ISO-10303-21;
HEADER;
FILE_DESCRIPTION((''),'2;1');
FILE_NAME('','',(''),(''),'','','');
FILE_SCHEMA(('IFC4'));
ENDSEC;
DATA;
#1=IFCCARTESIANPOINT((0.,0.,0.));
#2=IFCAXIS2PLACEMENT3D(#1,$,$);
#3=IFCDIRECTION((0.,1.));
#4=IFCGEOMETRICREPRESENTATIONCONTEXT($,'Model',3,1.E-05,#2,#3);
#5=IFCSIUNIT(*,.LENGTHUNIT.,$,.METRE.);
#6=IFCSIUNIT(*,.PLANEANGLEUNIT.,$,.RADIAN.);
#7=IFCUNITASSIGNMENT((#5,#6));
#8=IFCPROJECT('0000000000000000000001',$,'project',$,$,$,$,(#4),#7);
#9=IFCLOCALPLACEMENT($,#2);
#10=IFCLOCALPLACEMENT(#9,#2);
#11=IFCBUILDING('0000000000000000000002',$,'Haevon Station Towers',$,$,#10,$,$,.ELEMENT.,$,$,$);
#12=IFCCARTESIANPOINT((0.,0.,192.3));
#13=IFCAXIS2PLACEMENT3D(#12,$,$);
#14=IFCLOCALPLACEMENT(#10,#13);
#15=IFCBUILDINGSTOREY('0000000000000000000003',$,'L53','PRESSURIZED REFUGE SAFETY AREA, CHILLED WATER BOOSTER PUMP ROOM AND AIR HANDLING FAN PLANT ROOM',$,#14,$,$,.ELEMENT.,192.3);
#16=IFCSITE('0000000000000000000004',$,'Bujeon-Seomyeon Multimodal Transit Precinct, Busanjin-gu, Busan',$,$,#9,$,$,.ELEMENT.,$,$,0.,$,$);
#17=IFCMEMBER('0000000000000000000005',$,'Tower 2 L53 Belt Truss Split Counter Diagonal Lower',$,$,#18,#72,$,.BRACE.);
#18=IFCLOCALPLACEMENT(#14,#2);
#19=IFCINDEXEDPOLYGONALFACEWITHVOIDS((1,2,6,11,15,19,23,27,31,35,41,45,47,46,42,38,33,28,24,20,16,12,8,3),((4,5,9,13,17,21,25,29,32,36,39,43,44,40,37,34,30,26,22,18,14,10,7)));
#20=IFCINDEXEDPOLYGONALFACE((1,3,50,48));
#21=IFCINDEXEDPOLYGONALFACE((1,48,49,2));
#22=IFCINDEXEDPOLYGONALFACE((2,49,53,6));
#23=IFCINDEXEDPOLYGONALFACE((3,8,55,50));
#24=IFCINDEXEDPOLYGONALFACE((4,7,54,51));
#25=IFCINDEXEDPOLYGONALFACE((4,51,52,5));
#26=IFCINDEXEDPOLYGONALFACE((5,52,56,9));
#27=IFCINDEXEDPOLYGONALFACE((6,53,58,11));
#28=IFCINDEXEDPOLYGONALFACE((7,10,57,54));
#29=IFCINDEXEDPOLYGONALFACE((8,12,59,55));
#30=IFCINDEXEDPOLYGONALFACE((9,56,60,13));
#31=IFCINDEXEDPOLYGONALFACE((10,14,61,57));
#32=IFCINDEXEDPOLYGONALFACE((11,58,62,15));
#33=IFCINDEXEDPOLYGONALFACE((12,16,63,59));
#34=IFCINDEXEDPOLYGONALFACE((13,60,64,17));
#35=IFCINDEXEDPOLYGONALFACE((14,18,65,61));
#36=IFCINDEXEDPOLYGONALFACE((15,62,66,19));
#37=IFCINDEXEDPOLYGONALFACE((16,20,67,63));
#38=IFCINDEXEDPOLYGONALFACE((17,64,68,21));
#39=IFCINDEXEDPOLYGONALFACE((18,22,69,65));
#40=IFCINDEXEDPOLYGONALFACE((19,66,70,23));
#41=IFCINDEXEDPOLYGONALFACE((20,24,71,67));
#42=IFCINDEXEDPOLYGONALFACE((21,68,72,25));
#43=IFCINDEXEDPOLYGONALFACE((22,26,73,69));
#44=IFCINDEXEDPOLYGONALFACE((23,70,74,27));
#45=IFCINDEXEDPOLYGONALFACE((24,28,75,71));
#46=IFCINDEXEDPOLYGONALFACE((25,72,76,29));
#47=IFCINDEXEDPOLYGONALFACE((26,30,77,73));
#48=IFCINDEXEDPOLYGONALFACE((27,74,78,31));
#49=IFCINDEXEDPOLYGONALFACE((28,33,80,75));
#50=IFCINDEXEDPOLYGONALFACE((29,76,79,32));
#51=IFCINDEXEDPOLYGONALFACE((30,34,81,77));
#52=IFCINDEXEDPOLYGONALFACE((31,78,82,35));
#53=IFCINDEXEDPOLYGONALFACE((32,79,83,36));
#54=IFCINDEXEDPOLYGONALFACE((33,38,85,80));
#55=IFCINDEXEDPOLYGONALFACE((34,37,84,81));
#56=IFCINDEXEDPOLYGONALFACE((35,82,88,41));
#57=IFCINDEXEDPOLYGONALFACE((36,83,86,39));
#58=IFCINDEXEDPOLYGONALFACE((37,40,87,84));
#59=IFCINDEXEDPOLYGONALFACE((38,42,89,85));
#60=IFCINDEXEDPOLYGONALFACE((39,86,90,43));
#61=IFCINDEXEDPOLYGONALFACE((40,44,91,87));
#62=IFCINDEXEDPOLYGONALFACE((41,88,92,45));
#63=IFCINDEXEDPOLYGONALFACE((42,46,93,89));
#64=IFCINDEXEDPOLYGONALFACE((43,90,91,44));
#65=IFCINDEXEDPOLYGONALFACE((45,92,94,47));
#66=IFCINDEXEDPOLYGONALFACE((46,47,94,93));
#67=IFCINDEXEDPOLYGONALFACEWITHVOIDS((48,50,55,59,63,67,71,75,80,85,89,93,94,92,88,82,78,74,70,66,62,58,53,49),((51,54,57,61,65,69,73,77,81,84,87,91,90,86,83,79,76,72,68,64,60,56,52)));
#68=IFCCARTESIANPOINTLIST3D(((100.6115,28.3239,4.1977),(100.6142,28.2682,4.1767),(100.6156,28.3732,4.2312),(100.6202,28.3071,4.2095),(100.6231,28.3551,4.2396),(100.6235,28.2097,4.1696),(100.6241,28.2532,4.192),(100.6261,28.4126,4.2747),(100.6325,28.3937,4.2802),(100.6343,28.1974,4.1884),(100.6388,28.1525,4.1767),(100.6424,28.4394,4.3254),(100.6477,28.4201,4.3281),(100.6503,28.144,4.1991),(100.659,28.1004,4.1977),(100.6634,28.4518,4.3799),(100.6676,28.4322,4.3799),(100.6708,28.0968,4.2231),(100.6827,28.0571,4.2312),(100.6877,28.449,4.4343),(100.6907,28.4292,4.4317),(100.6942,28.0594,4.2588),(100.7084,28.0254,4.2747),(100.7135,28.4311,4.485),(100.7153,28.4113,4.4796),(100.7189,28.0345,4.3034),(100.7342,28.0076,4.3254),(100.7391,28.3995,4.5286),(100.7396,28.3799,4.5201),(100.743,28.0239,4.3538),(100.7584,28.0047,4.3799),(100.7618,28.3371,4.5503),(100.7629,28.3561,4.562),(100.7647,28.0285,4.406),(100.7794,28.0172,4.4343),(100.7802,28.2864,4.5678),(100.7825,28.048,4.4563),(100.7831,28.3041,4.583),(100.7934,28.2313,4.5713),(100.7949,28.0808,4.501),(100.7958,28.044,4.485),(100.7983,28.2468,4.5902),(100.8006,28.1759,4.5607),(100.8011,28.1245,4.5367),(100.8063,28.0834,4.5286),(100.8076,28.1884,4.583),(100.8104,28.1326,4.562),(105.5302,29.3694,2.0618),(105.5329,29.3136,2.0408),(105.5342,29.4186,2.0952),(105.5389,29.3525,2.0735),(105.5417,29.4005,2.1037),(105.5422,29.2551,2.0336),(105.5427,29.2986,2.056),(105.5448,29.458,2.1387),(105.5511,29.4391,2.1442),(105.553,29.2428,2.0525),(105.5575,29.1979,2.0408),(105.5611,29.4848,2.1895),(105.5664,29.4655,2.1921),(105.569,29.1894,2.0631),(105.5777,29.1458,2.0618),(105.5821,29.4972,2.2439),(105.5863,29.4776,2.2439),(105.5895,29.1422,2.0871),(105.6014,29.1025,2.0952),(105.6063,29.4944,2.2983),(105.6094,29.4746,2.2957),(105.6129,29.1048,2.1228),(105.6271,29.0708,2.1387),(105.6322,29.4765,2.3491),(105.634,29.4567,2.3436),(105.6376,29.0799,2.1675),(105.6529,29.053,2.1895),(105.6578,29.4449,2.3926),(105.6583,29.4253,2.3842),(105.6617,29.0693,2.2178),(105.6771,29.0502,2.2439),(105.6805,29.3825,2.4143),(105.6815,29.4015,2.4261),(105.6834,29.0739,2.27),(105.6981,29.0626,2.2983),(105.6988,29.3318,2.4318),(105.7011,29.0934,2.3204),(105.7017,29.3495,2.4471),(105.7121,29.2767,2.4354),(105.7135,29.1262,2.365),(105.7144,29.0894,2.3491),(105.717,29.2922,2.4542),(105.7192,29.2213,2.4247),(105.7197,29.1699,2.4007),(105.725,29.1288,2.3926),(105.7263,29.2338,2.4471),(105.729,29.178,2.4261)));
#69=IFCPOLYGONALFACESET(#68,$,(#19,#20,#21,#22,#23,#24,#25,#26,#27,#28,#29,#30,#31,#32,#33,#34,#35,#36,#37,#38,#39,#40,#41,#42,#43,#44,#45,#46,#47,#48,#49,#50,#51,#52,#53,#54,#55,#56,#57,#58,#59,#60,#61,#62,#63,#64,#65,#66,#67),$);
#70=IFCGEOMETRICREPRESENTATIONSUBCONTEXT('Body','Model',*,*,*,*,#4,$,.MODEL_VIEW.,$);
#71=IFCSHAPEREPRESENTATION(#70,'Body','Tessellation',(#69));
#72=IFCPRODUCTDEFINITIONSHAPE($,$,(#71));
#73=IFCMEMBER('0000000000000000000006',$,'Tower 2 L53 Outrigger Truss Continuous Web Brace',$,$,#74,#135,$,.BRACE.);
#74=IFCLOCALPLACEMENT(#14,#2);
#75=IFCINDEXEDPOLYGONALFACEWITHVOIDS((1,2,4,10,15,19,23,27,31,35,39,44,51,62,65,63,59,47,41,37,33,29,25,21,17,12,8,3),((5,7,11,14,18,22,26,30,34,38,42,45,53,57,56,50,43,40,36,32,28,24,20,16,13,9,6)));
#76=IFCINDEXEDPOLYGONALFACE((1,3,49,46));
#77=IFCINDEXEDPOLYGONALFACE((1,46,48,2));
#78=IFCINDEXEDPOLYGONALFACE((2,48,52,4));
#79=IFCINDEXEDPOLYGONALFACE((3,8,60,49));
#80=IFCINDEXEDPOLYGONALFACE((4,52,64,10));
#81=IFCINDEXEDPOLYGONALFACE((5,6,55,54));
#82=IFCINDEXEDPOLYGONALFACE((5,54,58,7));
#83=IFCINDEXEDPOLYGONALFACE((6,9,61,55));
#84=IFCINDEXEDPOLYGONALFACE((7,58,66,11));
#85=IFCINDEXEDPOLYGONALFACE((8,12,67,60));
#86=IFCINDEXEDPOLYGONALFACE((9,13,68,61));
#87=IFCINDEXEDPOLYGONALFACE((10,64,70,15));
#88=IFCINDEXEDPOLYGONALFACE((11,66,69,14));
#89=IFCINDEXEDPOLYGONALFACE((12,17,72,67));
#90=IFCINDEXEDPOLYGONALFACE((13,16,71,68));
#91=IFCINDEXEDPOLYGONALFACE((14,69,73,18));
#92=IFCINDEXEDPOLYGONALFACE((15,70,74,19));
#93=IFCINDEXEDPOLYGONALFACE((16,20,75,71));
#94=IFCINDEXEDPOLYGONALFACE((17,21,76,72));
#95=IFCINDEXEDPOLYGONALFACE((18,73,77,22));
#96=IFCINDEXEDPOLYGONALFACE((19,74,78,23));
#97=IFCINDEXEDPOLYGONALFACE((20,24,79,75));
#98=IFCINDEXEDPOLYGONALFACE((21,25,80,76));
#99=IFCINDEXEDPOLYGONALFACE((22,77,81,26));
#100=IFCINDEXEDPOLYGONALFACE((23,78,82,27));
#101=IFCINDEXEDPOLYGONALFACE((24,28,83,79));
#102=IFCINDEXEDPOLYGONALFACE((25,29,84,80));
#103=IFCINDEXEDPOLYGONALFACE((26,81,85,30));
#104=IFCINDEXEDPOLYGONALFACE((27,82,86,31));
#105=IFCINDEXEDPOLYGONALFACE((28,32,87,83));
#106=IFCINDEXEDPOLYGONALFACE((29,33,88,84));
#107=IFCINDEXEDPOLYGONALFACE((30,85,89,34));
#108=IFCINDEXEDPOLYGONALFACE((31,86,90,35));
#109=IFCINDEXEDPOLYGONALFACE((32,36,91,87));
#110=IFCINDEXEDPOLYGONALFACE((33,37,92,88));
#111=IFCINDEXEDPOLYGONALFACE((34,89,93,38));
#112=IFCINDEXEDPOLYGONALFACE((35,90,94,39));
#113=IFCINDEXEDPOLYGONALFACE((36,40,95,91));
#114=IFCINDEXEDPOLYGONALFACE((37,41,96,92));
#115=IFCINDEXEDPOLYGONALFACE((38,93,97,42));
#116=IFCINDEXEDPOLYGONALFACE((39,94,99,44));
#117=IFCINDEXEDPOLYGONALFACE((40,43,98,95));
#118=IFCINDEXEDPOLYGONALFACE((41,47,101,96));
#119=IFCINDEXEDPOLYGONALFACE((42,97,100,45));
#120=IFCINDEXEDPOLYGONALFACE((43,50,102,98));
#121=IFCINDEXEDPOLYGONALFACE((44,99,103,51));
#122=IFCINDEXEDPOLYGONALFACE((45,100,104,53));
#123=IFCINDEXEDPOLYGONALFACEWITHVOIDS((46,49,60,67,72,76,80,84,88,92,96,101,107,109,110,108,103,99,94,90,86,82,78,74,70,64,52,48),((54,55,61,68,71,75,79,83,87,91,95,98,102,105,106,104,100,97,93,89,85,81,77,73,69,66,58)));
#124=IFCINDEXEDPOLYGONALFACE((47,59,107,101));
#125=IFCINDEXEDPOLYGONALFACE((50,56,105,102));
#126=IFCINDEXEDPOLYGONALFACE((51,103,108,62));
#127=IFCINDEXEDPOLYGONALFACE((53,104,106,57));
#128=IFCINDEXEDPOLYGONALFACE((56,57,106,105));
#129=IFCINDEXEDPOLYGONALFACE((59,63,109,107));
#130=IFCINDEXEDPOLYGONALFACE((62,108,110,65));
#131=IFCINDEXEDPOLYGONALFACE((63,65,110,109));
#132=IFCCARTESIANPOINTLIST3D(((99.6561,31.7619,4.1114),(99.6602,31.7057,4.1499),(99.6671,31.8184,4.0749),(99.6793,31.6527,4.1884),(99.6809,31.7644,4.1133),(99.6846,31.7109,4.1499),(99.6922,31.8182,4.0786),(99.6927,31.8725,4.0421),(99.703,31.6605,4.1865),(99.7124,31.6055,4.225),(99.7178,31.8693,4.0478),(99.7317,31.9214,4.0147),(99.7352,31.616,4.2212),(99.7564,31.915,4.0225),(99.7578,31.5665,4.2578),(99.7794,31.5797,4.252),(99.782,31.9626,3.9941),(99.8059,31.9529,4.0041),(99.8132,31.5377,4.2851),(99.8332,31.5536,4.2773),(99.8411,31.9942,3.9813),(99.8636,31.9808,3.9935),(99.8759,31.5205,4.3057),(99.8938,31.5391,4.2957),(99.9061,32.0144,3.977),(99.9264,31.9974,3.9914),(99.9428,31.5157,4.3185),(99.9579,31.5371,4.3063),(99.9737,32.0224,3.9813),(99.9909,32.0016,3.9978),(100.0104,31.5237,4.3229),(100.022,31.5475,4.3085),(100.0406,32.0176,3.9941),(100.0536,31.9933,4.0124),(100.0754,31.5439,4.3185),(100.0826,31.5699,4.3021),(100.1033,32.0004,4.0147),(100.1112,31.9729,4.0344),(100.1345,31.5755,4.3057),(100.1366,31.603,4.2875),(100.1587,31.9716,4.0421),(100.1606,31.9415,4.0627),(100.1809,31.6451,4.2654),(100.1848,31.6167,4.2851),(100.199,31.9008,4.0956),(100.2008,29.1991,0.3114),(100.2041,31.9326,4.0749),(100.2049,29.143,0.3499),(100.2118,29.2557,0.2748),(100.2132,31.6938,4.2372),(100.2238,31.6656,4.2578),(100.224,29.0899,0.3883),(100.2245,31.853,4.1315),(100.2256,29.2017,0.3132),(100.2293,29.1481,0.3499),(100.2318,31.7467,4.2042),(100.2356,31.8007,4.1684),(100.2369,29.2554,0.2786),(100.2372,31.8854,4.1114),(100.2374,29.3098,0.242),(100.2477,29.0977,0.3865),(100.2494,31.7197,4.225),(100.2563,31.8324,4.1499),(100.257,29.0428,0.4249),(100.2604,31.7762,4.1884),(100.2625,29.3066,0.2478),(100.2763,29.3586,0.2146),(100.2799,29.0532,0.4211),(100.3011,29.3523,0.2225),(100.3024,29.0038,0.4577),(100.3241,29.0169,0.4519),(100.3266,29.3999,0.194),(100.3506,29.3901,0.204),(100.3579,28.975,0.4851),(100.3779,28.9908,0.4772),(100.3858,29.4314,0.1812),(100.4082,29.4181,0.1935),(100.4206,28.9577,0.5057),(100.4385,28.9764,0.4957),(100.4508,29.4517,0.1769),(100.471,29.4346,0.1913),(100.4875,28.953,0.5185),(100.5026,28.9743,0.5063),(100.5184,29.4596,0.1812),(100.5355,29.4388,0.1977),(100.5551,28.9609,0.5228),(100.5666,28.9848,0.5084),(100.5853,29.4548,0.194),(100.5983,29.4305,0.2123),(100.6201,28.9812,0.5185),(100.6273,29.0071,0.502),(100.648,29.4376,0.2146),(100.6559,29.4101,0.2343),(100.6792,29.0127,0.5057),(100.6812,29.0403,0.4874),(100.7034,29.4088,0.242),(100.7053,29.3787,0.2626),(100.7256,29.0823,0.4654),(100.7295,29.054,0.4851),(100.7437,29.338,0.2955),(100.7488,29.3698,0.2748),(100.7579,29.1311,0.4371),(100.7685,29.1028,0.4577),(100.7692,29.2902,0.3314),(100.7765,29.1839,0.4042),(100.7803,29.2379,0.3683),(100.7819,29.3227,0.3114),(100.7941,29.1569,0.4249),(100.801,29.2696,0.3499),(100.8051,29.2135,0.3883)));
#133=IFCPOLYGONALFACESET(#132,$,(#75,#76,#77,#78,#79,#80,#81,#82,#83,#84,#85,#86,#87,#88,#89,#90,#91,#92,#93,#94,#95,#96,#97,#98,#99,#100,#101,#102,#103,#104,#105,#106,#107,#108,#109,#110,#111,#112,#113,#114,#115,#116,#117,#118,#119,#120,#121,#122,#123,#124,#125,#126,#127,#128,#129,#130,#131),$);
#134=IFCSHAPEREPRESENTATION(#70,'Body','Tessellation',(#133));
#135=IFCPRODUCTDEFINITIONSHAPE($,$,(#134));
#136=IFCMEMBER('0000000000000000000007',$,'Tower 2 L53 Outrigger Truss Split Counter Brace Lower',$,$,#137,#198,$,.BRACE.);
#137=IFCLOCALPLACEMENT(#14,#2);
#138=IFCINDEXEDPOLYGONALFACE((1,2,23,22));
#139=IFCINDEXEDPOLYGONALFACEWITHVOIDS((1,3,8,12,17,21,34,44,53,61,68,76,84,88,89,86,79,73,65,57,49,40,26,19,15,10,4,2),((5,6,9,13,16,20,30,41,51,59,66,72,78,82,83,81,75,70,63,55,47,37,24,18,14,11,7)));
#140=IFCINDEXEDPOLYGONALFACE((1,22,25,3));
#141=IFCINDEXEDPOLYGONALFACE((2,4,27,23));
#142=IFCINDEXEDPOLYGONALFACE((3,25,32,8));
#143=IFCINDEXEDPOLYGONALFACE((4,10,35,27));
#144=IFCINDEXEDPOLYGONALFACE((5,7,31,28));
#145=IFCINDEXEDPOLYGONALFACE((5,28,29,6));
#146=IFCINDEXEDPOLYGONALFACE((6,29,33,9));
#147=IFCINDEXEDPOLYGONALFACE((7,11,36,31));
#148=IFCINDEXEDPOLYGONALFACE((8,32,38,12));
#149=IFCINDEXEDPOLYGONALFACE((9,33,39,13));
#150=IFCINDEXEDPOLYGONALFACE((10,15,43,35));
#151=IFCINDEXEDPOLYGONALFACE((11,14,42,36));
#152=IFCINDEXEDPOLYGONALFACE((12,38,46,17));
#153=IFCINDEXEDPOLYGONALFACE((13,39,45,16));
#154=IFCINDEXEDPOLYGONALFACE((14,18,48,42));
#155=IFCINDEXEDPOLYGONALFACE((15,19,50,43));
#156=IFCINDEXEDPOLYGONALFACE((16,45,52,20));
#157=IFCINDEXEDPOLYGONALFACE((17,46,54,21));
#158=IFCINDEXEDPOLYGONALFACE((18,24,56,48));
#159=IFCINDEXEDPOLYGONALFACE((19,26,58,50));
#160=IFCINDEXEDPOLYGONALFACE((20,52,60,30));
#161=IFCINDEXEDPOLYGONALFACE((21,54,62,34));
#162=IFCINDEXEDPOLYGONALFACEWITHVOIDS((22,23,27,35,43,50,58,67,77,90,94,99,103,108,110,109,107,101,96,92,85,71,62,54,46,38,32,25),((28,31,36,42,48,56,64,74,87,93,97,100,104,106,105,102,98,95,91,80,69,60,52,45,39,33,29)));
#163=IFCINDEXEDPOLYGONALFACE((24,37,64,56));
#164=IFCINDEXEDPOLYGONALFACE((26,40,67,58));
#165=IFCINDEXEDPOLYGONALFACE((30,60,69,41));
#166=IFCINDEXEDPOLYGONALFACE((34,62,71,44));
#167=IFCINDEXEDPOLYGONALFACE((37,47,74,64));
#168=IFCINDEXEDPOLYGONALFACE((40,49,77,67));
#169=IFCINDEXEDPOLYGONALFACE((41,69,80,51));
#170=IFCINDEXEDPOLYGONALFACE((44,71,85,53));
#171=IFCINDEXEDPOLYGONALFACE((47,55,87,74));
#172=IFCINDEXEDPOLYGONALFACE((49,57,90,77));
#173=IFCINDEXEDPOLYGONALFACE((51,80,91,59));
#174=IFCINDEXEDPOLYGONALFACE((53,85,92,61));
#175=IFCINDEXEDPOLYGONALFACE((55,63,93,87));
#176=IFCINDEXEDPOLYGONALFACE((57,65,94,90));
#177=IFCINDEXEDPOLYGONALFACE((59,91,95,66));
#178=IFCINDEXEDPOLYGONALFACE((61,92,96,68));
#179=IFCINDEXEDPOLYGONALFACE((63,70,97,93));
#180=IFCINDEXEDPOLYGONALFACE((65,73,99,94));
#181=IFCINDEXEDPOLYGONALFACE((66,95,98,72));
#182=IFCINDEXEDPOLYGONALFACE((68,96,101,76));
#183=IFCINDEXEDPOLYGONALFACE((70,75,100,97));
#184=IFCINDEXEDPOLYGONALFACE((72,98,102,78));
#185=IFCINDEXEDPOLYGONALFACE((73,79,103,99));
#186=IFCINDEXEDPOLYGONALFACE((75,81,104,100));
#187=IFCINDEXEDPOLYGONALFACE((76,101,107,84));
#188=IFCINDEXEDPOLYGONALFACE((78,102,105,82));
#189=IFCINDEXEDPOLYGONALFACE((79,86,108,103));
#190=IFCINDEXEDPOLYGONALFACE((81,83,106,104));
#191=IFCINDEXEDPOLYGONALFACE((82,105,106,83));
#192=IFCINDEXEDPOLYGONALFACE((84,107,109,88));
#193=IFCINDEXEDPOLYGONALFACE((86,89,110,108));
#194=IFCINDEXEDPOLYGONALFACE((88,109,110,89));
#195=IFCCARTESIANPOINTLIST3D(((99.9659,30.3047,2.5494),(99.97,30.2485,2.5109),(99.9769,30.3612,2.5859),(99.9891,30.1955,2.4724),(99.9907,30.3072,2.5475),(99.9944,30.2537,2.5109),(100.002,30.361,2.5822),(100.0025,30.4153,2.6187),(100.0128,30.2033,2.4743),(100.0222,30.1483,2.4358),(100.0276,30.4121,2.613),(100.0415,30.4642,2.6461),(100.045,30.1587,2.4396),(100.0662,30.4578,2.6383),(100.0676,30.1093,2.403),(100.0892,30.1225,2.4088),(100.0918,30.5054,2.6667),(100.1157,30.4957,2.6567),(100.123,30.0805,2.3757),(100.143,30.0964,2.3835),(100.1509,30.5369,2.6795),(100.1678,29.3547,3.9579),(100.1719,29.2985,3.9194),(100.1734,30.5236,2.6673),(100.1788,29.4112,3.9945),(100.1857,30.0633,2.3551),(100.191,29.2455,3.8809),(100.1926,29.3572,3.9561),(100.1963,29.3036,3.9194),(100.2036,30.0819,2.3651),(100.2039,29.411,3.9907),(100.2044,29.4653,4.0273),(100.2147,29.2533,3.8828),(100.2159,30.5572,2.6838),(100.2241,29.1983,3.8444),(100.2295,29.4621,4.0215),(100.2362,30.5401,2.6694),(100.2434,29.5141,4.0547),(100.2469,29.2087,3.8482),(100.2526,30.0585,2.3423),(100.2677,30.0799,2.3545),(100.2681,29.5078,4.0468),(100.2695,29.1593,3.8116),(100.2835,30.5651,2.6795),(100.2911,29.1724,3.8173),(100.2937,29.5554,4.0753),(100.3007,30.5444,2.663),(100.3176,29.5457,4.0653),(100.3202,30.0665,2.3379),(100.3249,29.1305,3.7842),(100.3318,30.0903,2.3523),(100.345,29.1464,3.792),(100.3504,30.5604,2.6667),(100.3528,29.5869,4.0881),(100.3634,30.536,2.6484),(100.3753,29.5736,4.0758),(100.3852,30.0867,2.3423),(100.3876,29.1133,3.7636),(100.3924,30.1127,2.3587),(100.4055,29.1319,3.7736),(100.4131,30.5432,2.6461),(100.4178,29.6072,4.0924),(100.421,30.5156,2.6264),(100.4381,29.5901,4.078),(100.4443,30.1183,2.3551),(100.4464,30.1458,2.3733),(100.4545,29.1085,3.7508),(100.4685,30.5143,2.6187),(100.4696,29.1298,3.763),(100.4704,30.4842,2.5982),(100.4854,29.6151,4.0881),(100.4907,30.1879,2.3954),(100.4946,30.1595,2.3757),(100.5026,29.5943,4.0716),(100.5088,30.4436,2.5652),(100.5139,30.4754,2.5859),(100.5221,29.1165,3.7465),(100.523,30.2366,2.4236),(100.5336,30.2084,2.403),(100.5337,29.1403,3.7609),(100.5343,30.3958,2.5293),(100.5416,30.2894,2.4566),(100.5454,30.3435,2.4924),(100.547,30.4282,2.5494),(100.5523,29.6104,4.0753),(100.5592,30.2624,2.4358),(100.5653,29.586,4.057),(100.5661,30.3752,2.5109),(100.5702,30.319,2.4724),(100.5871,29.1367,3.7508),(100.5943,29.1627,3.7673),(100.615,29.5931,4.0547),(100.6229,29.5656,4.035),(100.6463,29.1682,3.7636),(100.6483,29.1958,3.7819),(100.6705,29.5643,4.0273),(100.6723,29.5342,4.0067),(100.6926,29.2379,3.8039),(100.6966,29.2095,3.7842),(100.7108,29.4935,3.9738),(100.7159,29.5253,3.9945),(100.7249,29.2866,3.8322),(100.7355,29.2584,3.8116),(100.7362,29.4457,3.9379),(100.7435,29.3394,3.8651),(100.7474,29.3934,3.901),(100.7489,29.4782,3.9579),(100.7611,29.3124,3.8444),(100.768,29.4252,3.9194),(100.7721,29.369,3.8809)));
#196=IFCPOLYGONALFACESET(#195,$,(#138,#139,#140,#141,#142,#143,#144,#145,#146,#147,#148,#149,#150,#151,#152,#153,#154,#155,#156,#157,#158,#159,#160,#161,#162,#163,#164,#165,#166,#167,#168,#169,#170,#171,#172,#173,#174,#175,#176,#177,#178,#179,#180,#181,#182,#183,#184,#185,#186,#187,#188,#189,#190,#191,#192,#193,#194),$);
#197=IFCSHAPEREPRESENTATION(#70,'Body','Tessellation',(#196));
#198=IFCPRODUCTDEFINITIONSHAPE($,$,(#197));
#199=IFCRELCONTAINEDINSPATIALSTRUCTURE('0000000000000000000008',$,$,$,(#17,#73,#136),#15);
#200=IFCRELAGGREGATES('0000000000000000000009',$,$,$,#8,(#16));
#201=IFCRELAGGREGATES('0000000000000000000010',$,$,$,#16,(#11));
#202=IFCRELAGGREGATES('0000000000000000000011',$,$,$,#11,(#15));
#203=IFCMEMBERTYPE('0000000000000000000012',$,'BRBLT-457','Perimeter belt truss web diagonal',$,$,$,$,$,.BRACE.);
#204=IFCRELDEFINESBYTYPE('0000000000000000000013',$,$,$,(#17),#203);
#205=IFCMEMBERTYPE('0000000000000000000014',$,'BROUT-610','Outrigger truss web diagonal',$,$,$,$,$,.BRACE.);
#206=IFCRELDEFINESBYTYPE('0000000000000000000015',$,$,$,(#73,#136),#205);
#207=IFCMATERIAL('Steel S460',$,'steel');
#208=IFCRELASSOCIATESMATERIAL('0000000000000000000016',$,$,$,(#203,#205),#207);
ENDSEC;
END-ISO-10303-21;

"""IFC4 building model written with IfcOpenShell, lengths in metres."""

from ifc_helpers import new_model, si_unit, direction, frame, origin, origin_2d, place, context, subcontext, project, spatial, hollow_circle, extrude, material, material_profile, profile_set, type_object, element, save


model = new_model("IFC4")

# Units and contexts
model_context = context("Model", 3, precision=1e-05, world=origin(), true_north=direction((0.0, 1.0)))
body_context = subcontext(model_context, "Body", "Model", "MODEL_VIEW")
ifc_project = project(units=[si_unit("LENGTHUNIT", "METRE"), si_unit("PLANEANGLEUNIT", "RADIAN")], contexts=[model_context])

# Site, building, storey
site_placement = place(None, origin())
site = spatial("IfcSite", under=ifc_project, at=site_placement, Name="Bujeon-Seomyeon Multimodal Transit Precinct, Busanjin-gu, Busan", CompositionType="ELEMENT", RefElevation=0.0)
building_placement = place(site_placement, origin())
building = spatial("IfcBuilding", under=site, at=building_placement, Name="Haevon Station Towers", CompositionType="ELEMENT")
storey_placement = place(building_placement, frame((0.0, 0.0, 192.3)))
storey = spatial("IfcBuildingStorey", under=building, at=storey_placement, Name="L53", Description="PRESSURIZED REFUGE SAFETY AREA, CHILLED WATER BOOSTER PUMP ROOM AND AIR HANDLING FAN PLANT ROOM", CompositionType="ELEMENT", Elevation=192.3)

# Shared definitions
ifc_material_1 = material(Name="Steel S460", Category="steel")

# Members
ifc_material_profile_1 = material_profile(ifc_material_1, hollow_circle(Radius=0.2285, WallThickness=0.02, at=origin_2d()), Name="CHS-457x20")
ifc_profile_set_1 = profile_set([ifc_material_profile_1], Name="Steel S460")
member_type_1 = type_object("IfcMemberType", Name="BRBLT-457", Description="Perimeter belt truss web diagonal", PredefinedType="BRACE", material=ifc_profile_set_1)
member_1_placement = place(storey_placement, frame((100.7109, 28.2283, 4.3799), z_axis=(0.900297, 0.191347, -0.390962), x_axis=(-0.207894, 0.978151, 0.0)))
element("IfcMember", 1, at=member_1_placement, inside=storey, type_object=member_type_1, Name="Tower 2 L53 Belt Truss Split Counter Diagonal Lower", PredefinedType="BRACE", context=body_context, shape_type="SweptSolid", body=[
    extrude(hollow_circle(Radius=0.2285, WallThickness=0.02, at=origin_2d()), origin(), (0.0, 0.0, 1.0), 5.4634),
])
ifc_material_profile_2 = material_profile(ifc_material_1, hollow_circle(Radius=0.3047, WallThickness=0.0249, at=origin_2d()), Name="CHS-609.6x25")
ifc_profile_set_2 = profile_set([ifc_material_profile_2], Name="Steel S460")
member_type_2 = type_object("IfcMemberType", Name="BROUT-610", Description="Outrigger truss web diagonal", PredefinedType="BRACE", material=ifc_profile_set_2)
member_2_placement = place(storey_placement, frame((100.5029, 29.2063, 0.3499), z_axis=(-0.118005, 0.555223, 0.823287), x_axis=(-0.978152, -0.207893, 0.0)))
element("IfcMember", 2, at=member_2_placement, inside=storey, type_object=member_type_2, Name="Tower 2 L53 Outrigger Truss Continuous Web Brace", PredefinedType="BRACE", context=body_context, shape_type="SweptSolid", body=[
    extrude(hollow_circle(Radius=0.3047, WallThickness=0.0249, at=origin_2d()), origin(), (0.0, 0.0, 1.0), 4.6157),
])
for number, where, z_axis, x_axis, name in (
    (3, (100.47, 29.3618, 3.9194), (-0.118016, 0.555262, -0.82326), (-0.978151, -0.207898, 0.0), "Tower 2 L53 Outrigger Truss Split Counter Brace Lower"),
):
    element("IfcMember", number, at=place(storey_placement, frame(where, z_axis=z_axis, x_axis=x_axis)), inside=storey, type_object=member_type_2, Name=name, PredefinedType="BRACE", context=body_context, shape_type="SweptSolid", body=[
        extrude(hollow_circle(Radius=0.3047, WallThickness=0.0249, at=origin_2d()), origin(), (0.0, 0.0, 1.0), 1.7109),
    ])

save(model, "model.ifc")
